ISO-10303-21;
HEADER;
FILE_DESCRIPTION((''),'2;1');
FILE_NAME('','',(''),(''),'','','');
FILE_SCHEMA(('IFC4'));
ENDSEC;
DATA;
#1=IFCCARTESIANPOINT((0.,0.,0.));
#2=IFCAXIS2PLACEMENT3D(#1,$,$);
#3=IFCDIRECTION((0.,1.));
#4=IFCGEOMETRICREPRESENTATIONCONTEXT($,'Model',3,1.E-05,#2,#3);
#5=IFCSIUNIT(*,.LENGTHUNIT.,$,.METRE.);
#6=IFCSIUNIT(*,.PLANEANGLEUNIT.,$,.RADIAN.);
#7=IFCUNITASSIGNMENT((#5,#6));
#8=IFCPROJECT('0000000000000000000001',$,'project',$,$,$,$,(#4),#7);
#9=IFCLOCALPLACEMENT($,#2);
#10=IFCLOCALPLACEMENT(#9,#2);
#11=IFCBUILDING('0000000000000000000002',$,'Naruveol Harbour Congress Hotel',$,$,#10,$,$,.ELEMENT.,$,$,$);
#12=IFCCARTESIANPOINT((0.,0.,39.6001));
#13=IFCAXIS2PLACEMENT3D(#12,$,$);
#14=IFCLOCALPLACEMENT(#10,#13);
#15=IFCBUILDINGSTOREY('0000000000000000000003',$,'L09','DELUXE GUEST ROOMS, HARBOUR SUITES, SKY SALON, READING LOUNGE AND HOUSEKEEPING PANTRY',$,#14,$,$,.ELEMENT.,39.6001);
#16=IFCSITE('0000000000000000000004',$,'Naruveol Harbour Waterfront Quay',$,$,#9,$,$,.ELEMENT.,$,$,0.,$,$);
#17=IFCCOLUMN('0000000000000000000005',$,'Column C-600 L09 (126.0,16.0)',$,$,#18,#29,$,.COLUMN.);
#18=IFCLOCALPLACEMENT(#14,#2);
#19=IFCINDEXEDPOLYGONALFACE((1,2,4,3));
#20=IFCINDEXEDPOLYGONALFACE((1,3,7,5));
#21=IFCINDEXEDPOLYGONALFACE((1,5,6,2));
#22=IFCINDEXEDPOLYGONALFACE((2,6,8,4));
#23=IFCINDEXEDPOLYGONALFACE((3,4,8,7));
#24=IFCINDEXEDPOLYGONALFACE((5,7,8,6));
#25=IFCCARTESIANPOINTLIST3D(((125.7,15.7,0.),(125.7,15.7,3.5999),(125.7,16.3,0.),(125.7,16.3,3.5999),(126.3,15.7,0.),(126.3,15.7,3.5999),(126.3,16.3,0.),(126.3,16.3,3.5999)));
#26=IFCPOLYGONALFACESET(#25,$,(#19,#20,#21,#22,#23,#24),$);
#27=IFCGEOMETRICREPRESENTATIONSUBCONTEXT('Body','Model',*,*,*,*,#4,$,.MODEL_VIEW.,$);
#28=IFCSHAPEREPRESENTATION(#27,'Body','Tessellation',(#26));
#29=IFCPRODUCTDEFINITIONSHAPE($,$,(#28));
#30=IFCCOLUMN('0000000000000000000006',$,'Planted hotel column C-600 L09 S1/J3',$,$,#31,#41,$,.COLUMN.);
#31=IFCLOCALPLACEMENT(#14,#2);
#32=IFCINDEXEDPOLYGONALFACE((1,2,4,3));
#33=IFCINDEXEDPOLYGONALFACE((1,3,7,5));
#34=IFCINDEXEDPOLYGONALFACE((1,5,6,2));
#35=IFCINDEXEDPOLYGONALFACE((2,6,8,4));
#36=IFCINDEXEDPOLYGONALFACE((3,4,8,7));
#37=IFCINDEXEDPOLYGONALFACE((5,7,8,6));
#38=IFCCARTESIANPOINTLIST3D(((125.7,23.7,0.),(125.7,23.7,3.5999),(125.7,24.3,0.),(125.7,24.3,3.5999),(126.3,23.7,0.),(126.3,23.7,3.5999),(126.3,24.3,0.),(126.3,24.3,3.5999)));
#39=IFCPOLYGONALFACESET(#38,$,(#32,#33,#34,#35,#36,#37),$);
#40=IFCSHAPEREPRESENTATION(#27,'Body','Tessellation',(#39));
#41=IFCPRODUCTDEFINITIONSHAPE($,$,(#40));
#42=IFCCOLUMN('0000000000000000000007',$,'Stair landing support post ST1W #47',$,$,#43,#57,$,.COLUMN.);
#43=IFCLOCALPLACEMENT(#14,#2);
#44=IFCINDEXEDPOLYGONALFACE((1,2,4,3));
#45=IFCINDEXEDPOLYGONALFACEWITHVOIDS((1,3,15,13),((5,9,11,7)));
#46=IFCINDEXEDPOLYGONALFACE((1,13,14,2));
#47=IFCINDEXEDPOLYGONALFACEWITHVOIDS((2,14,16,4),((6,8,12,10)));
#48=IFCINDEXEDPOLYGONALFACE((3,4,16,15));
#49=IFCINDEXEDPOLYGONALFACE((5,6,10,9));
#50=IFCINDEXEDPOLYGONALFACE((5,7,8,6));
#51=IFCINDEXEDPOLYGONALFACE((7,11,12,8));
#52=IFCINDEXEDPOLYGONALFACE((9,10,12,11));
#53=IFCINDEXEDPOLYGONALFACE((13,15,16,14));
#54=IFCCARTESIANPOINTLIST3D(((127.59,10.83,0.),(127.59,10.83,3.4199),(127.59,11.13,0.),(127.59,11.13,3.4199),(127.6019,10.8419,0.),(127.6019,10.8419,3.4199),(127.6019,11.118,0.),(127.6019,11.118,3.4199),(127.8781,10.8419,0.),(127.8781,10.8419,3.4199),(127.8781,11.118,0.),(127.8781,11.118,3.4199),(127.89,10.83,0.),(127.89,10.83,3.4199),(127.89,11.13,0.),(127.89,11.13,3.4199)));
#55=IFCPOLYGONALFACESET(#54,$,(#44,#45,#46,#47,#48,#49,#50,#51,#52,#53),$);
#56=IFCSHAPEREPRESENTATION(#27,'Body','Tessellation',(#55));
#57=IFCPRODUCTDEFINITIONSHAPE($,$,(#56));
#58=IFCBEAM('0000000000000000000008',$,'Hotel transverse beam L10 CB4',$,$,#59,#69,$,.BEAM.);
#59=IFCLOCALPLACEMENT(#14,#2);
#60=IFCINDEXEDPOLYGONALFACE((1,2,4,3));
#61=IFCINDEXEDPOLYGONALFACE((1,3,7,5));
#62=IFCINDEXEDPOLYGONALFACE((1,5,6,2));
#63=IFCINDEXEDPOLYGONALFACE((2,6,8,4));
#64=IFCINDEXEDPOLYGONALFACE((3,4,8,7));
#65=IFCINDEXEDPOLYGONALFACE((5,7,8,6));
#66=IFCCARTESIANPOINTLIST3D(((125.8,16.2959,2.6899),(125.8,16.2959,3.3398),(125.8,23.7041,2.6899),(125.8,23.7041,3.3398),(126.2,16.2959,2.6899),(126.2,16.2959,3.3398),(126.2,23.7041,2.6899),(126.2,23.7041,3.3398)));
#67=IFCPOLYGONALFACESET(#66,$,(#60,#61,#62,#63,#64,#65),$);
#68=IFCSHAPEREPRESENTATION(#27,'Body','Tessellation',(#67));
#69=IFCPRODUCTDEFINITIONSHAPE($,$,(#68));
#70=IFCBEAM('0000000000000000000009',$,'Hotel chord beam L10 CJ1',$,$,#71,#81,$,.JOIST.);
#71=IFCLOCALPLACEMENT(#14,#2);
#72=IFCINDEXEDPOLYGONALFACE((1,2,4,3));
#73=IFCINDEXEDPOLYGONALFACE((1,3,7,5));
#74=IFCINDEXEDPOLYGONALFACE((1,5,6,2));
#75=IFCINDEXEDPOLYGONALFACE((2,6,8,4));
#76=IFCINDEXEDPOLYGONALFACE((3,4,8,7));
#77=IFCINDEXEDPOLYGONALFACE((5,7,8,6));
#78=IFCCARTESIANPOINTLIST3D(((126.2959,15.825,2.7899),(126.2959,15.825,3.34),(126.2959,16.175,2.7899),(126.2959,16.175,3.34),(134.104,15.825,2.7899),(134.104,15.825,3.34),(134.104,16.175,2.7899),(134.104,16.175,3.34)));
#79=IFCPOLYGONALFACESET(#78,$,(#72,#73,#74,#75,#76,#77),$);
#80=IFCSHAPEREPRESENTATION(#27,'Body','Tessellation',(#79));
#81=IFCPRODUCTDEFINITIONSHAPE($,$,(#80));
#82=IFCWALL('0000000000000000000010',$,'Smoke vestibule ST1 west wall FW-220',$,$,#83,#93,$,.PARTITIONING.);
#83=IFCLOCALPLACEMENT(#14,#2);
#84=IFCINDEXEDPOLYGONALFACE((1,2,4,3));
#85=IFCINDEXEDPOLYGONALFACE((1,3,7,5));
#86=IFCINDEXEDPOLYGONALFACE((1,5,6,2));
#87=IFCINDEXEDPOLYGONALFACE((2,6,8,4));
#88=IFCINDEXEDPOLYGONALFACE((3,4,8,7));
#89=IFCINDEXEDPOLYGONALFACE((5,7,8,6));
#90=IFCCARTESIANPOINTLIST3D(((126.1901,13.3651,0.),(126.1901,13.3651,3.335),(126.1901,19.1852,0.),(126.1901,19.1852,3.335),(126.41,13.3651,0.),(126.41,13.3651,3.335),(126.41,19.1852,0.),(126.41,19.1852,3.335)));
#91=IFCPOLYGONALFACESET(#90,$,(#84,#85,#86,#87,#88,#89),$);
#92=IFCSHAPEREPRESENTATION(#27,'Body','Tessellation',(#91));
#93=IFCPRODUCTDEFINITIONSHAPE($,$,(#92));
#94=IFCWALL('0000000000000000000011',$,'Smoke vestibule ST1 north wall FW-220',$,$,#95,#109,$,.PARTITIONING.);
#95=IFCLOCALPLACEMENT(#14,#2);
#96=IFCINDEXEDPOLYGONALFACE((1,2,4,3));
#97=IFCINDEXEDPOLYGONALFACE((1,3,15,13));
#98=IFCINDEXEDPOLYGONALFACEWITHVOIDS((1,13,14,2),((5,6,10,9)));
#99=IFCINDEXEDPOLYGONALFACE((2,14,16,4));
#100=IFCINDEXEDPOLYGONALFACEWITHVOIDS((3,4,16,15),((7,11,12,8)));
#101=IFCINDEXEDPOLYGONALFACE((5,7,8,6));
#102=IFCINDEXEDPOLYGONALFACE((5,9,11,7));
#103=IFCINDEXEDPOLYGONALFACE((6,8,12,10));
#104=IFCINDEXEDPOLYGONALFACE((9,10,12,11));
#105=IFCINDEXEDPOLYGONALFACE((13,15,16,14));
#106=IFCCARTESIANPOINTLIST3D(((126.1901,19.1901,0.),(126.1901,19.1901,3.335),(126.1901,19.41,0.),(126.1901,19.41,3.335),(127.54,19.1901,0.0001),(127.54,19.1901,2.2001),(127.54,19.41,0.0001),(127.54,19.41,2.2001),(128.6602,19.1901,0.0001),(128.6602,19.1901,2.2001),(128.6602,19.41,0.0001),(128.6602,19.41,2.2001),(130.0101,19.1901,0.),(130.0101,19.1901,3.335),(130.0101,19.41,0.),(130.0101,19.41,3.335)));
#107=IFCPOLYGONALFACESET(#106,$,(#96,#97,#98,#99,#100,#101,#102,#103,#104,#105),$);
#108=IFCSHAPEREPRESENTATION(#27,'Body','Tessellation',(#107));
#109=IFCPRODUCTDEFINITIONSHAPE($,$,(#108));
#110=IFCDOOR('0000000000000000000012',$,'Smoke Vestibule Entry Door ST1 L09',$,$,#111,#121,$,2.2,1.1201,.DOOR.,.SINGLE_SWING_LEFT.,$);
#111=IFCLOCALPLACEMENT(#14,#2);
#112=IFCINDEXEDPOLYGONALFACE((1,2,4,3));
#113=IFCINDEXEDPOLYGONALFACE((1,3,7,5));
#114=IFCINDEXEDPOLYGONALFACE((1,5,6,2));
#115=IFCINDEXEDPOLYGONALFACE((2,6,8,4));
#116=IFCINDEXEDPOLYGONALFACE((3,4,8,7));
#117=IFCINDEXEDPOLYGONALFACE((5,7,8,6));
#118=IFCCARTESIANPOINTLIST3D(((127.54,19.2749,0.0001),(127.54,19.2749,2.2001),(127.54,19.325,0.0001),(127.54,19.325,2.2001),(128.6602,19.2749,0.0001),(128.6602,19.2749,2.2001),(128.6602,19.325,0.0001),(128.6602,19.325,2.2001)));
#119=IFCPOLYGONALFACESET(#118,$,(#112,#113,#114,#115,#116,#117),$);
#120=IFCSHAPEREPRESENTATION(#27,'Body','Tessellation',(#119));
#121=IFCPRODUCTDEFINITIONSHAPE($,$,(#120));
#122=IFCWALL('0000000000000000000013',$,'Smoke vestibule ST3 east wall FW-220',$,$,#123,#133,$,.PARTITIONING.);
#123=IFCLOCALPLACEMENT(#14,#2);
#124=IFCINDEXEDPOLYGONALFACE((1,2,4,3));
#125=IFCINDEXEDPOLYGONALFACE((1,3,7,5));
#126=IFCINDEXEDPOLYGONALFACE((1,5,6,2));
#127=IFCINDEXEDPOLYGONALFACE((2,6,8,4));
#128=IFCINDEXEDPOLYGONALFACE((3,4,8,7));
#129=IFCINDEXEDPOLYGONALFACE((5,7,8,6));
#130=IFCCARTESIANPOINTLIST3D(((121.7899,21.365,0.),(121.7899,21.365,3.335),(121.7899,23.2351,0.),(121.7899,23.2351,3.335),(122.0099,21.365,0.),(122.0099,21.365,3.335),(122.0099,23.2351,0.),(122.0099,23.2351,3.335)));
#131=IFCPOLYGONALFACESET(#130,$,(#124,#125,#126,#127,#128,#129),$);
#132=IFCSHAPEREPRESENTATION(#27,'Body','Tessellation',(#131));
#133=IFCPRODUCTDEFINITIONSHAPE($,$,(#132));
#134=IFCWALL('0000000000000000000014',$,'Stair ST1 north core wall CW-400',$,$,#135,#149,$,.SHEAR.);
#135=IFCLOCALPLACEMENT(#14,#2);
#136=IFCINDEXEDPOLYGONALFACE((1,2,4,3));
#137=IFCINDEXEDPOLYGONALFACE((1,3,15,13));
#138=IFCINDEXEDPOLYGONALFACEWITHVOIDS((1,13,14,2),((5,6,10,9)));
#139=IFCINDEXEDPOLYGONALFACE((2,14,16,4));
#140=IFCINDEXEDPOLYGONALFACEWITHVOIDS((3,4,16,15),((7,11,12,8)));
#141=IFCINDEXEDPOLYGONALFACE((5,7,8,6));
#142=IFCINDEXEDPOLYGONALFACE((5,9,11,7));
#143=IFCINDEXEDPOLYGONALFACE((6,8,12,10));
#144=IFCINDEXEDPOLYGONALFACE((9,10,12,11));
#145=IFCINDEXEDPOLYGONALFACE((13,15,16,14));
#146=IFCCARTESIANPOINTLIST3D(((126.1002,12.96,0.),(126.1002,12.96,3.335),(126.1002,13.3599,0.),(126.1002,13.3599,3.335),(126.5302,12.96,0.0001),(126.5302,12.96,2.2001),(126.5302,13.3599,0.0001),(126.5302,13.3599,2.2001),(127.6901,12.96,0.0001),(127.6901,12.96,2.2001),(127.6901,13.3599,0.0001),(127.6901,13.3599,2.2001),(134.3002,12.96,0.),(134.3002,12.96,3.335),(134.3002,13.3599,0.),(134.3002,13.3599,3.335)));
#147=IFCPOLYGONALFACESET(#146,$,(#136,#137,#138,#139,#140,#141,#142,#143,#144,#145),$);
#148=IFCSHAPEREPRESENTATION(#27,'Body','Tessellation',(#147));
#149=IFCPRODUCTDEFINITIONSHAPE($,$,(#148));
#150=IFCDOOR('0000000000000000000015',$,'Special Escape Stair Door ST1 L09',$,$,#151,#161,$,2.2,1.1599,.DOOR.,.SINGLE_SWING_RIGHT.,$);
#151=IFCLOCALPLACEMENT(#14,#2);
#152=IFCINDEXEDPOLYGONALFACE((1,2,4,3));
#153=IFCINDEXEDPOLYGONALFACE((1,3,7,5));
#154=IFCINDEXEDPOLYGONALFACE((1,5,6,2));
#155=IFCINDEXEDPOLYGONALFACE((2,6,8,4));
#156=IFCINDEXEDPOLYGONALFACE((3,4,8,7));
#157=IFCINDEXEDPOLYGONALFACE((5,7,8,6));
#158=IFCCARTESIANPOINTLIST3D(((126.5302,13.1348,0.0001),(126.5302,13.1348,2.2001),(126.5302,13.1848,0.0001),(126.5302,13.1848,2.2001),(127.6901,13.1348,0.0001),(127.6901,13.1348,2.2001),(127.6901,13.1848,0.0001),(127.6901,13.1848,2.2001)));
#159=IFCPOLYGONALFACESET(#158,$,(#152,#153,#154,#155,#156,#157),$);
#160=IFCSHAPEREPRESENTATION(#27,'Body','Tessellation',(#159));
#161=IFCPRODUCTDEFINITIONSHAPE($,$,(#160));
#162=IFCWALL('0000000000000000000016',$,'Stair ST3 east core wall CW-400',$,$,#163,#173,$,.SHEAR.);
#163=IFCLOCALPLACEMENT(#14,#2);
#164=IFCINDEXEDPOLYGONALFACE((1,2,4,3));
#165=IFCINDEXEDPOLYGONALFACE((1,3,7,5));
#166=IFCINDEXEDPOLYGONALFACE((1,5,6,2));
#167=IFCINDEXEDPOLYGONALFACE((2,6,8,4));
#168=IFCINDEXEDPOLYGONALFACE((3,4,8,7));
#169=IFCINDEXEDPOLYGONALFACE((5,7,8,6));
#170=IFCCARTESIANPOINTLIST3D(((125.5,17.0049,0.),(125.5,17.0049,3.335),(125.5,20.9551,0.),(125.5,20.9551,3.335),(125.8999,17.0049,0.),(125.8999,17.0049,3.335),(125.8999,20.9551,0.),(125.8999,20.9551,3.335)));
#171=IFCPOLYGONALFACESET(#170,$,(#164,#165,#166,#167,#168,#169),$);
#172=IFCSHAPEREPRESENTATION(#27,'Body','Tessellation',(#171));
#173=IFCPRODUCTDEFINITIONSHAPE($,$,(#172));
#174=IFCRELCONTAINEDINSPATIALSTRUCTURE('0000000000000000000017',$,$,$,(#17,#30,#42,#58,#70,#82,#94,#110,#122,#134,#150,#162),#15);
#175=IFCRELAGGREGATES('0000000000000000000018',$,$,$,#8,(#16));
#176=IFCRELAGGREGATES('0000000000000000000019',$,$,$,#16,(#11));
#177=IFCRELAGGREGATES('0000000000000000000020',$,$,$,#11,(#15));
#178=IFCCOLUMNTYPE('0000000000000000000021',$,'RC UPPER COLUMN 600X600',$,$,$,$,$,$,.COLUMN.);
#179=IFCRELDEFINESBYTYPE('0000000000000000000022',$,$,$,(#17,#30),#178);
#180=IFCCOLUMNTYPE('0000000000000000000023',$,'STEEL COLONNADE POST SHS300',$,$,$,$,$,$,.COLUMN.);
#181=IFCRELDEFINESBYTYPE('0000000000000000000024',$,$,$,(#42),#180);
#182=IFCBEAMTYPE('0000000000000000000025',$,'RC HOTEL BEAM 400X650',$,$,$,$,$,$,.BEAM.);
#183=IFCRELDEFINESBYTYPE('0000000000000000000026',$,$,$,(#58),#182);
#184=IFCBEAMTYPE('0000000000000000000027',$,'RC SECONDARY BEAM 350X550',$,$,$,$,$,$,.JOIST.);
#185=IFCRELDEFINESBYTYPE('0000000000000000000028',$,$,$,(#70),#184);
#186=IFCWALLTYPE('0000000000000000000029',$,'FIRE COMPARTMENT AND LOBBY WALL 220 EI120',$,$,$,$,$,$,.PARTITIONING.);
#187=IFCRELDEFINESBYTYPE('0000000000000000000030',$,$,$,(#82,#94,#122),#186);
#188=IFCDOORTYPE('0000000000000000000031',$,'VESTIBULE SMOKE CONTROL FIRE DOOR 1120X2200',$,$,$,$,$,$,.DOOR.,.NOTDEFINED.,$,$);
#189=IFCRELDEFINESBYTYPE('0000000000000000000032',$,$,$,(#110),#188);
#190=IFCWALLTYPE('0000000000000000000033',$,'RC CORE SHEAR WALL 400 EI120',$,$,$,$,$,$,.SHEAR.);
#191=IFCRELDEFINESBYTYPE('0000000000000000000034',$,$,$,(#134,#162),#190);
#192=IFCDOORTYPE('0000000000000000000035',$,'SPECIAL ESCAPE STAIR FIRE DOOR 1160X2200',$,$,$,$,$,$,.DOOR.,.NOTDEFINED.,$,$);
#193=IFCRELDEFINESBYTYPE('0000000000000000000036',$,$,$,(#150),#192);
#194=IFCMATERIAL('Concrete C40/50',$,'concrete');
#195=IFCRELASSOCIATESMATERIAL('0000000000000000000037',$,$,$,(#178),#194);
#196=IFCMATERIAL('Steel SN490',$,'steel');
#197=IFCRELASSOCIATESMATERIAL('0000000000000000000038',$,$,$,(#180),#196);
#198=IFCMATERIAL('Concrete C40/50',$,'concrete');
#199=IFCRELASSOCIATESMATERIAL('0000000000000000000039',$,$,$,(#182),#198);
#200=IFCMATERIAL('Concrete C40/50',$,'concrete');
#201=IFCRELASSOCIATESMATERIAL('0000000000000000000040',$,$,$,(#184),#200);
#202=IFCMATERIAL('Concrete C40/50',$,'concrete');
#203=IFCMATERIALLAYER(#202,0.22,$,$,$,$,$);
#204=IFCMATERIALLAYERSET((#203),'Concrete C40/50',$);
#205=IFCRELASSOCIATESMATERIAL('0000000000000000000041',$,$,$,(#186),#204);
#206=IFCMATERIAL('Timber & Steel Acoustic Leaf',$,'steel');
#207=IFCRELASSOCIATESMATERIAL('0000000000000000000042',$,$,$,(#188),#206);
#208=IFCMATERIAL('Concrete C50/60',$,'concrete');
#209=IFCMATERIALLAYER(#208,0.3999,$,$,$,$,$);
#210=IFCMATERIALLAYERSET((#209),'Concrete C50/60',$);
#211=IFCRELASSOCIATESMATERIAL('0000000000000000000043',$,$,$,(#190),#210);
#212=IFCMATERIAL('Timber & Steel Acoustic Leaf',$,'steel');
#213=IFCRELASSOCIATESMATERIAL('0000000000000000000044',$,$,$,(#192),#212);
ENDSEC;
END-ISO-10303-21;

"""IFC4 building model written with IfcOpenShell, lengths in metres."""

from ifc_helpers import new_model, si_unit, direction, frame, frame_2d, origin, origin_2d, place, context, subcontext, project, spatial, rectangle, hollow_rectangle, extrude, material, layer, layer_set, material_profile, profile_set, type_object, element, fill, save


model = new_model("IFC4")

# Units and contexts
model_context = context("Model", 3, precision=1e-05, world=origin(), true_north=direction((0.0, 1.0)))
body_context = subcontext(model_context, "Body", "Model", "MODEL_VIEW")
ifc_project = project(units=[si_unit("LENGTHUNIT", "METRE"), si_unit("PLANEANGLEUNIT", "RADIAN")], contexts=[model_context])

# Site, building, storey
site_placement = place(None, origin())
site = spatial("IfcSite", under=ifc_project, at=site_placement, Name="Naruveol Harbour Waterfront Quay", CompositionType="ELEMENT", RefElevation=0.0)
building_placement = place(site_placement, origin())
building = spatial("IfcBuilding", under=site, at=building_placement, Name="Naruveol Harbour Congress Hotel", CompositionType="ELEMENT")
storey_placement = place(building_placement, frame((0.0, 0.0, 39.6001)))
storey = spatial("IfcBuildingStorey", under=building, at=storey_placement, Name="L09", Description="DELUXE GUEST ROOMS, HARBOUR SUITES, SKY SALON, READING LOUNGE AND HOUSEKEEPING PANTRY", CompositionType="ELEMENT", Elevation=39.6001)

# Columns
ifc_material_1 = material(Name="Concrete C40/50", Category="concrete")
ifc_material_profile_1 = material_profile(ifc_material_1, rectangle(XDim=0.6001, YDim=0.6001, at=origin_2d()), Name="RC-600x600")
ifc_profile_set_1 = profile_set([ifc_material_profile_1], Name="Concrete C40/50")
column_type_1 = type_object("IfcColumnType", Name="RC UPPER COLUMN 600X600", PredefinedType="COLUMN", material=ifc_profile_set_1)
for number, where, z_axis, x_axis, name in (
    (1, (126.0, 16.0, 0.0), (0.0, 0.0, 1.0), (1.0, 0.0, 0.0), "Column C-600 L09 (126.0,16.0)"),
    (2, (126.0, 24.0, 0.0), (0.0, 0.0, 1.0), (1.0, 0.0, 0.0), "Planted hotel column C-600 L09 S1/J3"),
):
    element("IfcColumn", number, at=place(storey_placement, frame(where, z_axis=z_axis, x_axis=x_axis)), inside=storey, type_object=column_type_1, Name=name, PredefinedType="COLUMN", context=body_context, shape_type="SweptSolid", body=[
        extrude(rectangle(XDim=0.6001, YDim=0.6001, at=origin_2d()), origin(), (0.0, 0.0, 1.0), 3.5999),
    ])
ifc_material_2 = material(Name="Steel SN490", Category="steel")
ifc_material_profile_2 = material_profile(ifc_material_2, hollow_rectangle(XDim=0.3, YDim=0.3, WallThickness=0.012, at=origin_2d()), Name="SHS-300x300x12")
ifc_profile_set_2 = profile_set([ifc_material_profile_2], Name="Steel SN490")
column_type_2 = type_object("IfcColumnType", Name="STEEL COLONNADE POST SHS300", PredefinedType="COLUMN", material=ifc_profile_set_2)
column_placement = place(storey_placement, frame((127.74, 10.98, 0.0), z_axis=(0.0, 0.0, 1.0), x_axis=(1.0, 0.0, 0.0)))
element("IfcColumn", 3, at=column_placement, inside=storey, type_object=column_type_2, Name="Stair landing support post ST1W #47", PredefinedType="COLUMN", context=body_context, shape_type="SweptSolid", body=[
    extrude(hollow_rectangle(XDim=0.3, YDim=0.3, WallThickness=0.012, at=origin_2d()), origin(), (0.0, 0.0, 1.0), 3.4199),
])

# Beams
ifc_material_3 = material(Name="Concrete C40/50", Category="concrete")
ifc_material_profile_3 = material_profile(ifc_material_3, rectangle(XDim=0.3999, YDim=0.6499, at=origin_2d()), Name="RCB-400x650")
ifc_profile_set_3 = profile_set([ifc_material_profile_3], Name="Concrete C40/50")
beam_type_1 = type_object("IfcBeamType", Name="RC HOTEL BEAM 400X650", PredefinedType="BEAM", material=ifc_profile_set_3)
beam_1_placement = place(storey_placement, frame((126.0, 16.2959, 3.0149), z_axis=(0.0, 1.0, 0.0), x_axis=(-1.0, 0.0, 0.0)))
element("IfcBeam", 4, at=beam_1_placement, inside=storey, type_object=beam_type_1, Name="Hotel transverse beam L10 CB4", PredefinedType="BEAM", context=body_context, shape_type="SweptSolid", body=[
    extrude(rectangle(XDim=0.3999, YDim=0.6499, at=origin_2d()), origin(), (0.0, 0.0, 1.0), 7.4082),
])
ifc_material_4 = material(Name="Concrete C40/50", Category="concrete")
ifc_material_profile_4 = material_profile(ifc_material_4, rectangle(XDim=0.3501, YDim=0.55, at=origin_2d()), Name="RCB-350x550")
ifc_profile_set_4 = profile_set([ifc_material_profile_4], Name="Concrete C40/50")
beam_type_2 = type_object("IfcBeamType", Name="RC SECONDARY BEAM 350X550", PredefinedType="JOIST", material=ifc_profile_set_4)
beam_2_placement = place(storey_placement, frame((126.2959, 16.0, 3.0649), z_axis=(1.0, 0.0, 0.0), x_axis=(0.0, 1.0, 0.0)))
element("IfcBeam", 5, at=beam_2_placement, inside=storey, type_object=beam_type_2, Name="Hotel chord beam L10 CJ1", PredefinedType="JOIST", context=body_context, shape_type="SweptSolid", body=[
    extrude(rectangle(XDim=0.3501, YDim=0.55, at=origin_2d()), origin(), (0.0, 0.0, 1.0), 7.8081),
])

# Wall
ifc_material_5 = material(Name="Concrete C40/50", Category="concrete")
ifc_layer_1 = layer(ifc_material_5, 0.22)
ifc_layer_set_1 = layer_set([ifc_layer_1], Name="Concrete C40/50")
wall_type_1 = type_object("IfcWallType", Name="FIRE COMPARTMENT AND LOBBY WALL 220 EI120", PredefinedType="PARTITIONING", material=ifc_layer_set_1)
wall_1_placement = place(storey_placement, frame((126.3, 13.365, 0.0), z_axis=(0.0, 0.0, 1.0), x_axis=(0.0, 1.0, 0.0)))
element("IfcWall", 6, at=wall_1_placement, inside=storey, type_object=wall_type_1, Name="Smoke vestibule ST1 west wall FW-220", PredefinedType="PARTITIONING", context=body_context, shape_type="SweptSolid", body=[
    extrude(rectangle(XDim=5.8201, YDim=0.22, at=frame_2d((2.9102, 0.0))), origin(), (0.0, 0.0, 1.0), 3.335),
])

# Wall, opening, door
wall_2_placement = place(storey_placement, frame((126.1899, 19.3, 0.0), z_axis=(0.0, 0.0, 1.0), x_axis=(1.0, 0.0, 0.0)))
wall_2 = element("IfcWall", 7, at=wall_2_placement, inside=storey, type_object=wall_type_1, Name="Smoke vestibule ST1 north wall FW-220", PredefinedType="PARTITIONING", context=body_context, shape_type="SweptSolid", body=[
    extrude(rectangle(XDim=3.8201, YDim=0.22, at=frame_2d((1.9102, 0.0))), origin(), (0.0, 0.0, 1.0), 3.335),
])
opening_1_placement = place(wall_2_placement, frame((1.3501, 0.0, 0.0)))
opening_1 = element("IfcOpeningElement", 8, at=opening_1_placement, cuts=wall_2, PredefinedType="OPENING", context=body_context, shape_type="SweptSolid", body=[
    extrude(rectangle(XDim=1.1201, YDim=2.2, at=frame_2d((0.5601, 1.1001))), frame((0.0, 0.1199, 0.0), z_axis=(0.0, -1.0, 0.0), x_axis=(1.0, 0.0, 0.0)), (0.0, 0.0, 1.0), 0.24),
])
ifc_material_6 = material(Name="Timber & Steel Acoustic Leaf", Category="steel")
door_type_1 = type_object("IfcDoorType", Name="VESTIBULE SMOKE CONTROL FIRE DOOR 1120X2200", OperationType="NOTDEFINED", PredefinedType="DOOR", material=ifc_material_6)
door_1_placement = place(opening_1_placement, origin())
door_1 = element("IfcDoor", 9, at=door_1_placement, inside=storey, type_object=door_type_1, Name="Smoke Vestibule Entry Door ST1 L09", OperationType="SINGLE_SWING_LEFT", OverallHeight=2.2, OverallWidth=1.1201, PredefinedType="DOOR", context=body_context, shape_type="SweptSolid", body=[
    extrude(rectangle(XDim=1.1201, YDim=2.2, at=frame_2d((0.5601, 1.1001))), frame((0.0, 0.0249, 0.0), z_axis=(0.0, -1.0, 0.0), x_axis=(1.0, 0.0, 0.0)), (0.0, 0.0, 1.0), 0.05),
])
fill(opening_1, door_1)

# Wall
wall_3_placement = place(storey_placement, frame((121.8999, 21.365, 0.0), z_axis=(0.0, 0.0, 1.0), x_axis=(0.0, 1.0, 0.0)))
element("IfcWall", 10, at=wall_3_placement, inside=storey, type_object=wall_type_1, Name="Smoke vestibule ST3 east wall FW-220", PredefinedType="PARTITIONING", context=body_context, shape_type="SweptSolid", body=[
    extrude(rectangle(XDim=1.8701, YDim=0.22, at=frame_2d((0.9351, 0.0))), origin(), (0.0, 0.0, 1.0), 3.335),
])

# Wall, opening, door
ifc_material_7 = material(Name="Concrete C50/60", Category="concrete")
ifc_layer_2 = layer(ifc_material_7, 0.3999)
ifc_layer_set_2 = layer_set([ifc_layer_2], Name="Concrete C50/60")
wall_type_2 = type_object("IfcWallType", Name="RC CORE SHEAR WALL 400 EI120", PredefinedType="SHEAR", material=ifc_layer_set_2)
wall_4_placement = place(storey_placement, frame((126.1001, 13.1599, 0.0), z_axis=(0.0, 0.0, 1.0), x_axis=(1.0, 0.0, 0.0)))
wall_4 = element("IfcWall", 11, at=wall_4_placement, inside=storey, type_object=wall_type_2, Name="Stair ST1 north core wall CW-400", PredefinedType="SHEAR", context=body_context, shape_type="SweptSolid", body=[
    extrude(rectangle(XDim=8.2, YDim=0.3999, at=frame_2d((4.1001, 0.0))), origin(), (0.0, 0.0, 1.0), 3.335),
])
opening_2_placement = place(wall_4_placement, frame((0.4299, 0.0, 0.0)))
opening_2 = element("IfcOpeningElement", 12, at=opening_2_placement, cuts=wall_4, PredefinedType="OPENING", context=body_context, shape_type="SweptSolid", body=[
    extrude(rectangle(XDim=1.1599, YDim=2.2, at=frame_2d((0.5801, 1.1001))), frame((0.0, 0.21, 0.0), z_axis=(0.0, -1.0, 0.0), x_axis=(1.0, 0.0, 0.0)), (0.0, 0.0, 1.0), 0.4199),
])
ifc_material_8 = material(Name="Timber & Steel Acoustic Leaf", Category="steel")
door_type_2 = type_object("IfcDoorType", Name="SPECIAL ESCAPE STAIR FIRE DOOR 1160X2200", OperationType="NOTDEFINED", PredefinedType="DOOR", material=ifc_material_8)
door_2_placement = place(opening_2_placement, origin())
door_2 = element("IfcDoor", 13, at=door_2_placement, inside=storey, type_object=door_type_2, Name="Special Escape Stair Door ST1 L09", OperationType="SINGLE_SWING_RIGHT", OverallHeight=2.2, OverallWidth=1.1599, PredefinedType="DOOR", context=body_context, shape_type="SweptSolid", body=[
    extrude(rectangle(XDim=1.1599, YDim=2.2, at=frame_2d((0.5801, 1.1001))), frame((0.0, 0.0249, 0.0), z_axis=(0.0, -1.0, 0.0), x_axis=(1.0, 0.0, 0.0)), (0.0, 0.0, 1.0), 0.05),
])
fill(opening_2, door_2)

# Wall
wall_5_placement = place(storey_placement, frame((125.7, 17.0049, 0.0), z_axis=(0.0, 0.0, 1.0), x_axis=(0.0, 1.0, 0.0)))
element("IfcWall", 14, at=wall_5_placement, inside=storey, type_object=wall_type_2, Name="Stair ST3 east core wall CW-400", PredefinedType="SHEAR", context=body_context, shape_type="SweptSolid", body=[
    extrude(rectangle(XDim=3.9502, YDim=0.3999, at=frame_2d((1.9751, 0.0))), origin(), (0.0, 0.0, 1.0), 3.335),
])

save(model, "model.ifc")
